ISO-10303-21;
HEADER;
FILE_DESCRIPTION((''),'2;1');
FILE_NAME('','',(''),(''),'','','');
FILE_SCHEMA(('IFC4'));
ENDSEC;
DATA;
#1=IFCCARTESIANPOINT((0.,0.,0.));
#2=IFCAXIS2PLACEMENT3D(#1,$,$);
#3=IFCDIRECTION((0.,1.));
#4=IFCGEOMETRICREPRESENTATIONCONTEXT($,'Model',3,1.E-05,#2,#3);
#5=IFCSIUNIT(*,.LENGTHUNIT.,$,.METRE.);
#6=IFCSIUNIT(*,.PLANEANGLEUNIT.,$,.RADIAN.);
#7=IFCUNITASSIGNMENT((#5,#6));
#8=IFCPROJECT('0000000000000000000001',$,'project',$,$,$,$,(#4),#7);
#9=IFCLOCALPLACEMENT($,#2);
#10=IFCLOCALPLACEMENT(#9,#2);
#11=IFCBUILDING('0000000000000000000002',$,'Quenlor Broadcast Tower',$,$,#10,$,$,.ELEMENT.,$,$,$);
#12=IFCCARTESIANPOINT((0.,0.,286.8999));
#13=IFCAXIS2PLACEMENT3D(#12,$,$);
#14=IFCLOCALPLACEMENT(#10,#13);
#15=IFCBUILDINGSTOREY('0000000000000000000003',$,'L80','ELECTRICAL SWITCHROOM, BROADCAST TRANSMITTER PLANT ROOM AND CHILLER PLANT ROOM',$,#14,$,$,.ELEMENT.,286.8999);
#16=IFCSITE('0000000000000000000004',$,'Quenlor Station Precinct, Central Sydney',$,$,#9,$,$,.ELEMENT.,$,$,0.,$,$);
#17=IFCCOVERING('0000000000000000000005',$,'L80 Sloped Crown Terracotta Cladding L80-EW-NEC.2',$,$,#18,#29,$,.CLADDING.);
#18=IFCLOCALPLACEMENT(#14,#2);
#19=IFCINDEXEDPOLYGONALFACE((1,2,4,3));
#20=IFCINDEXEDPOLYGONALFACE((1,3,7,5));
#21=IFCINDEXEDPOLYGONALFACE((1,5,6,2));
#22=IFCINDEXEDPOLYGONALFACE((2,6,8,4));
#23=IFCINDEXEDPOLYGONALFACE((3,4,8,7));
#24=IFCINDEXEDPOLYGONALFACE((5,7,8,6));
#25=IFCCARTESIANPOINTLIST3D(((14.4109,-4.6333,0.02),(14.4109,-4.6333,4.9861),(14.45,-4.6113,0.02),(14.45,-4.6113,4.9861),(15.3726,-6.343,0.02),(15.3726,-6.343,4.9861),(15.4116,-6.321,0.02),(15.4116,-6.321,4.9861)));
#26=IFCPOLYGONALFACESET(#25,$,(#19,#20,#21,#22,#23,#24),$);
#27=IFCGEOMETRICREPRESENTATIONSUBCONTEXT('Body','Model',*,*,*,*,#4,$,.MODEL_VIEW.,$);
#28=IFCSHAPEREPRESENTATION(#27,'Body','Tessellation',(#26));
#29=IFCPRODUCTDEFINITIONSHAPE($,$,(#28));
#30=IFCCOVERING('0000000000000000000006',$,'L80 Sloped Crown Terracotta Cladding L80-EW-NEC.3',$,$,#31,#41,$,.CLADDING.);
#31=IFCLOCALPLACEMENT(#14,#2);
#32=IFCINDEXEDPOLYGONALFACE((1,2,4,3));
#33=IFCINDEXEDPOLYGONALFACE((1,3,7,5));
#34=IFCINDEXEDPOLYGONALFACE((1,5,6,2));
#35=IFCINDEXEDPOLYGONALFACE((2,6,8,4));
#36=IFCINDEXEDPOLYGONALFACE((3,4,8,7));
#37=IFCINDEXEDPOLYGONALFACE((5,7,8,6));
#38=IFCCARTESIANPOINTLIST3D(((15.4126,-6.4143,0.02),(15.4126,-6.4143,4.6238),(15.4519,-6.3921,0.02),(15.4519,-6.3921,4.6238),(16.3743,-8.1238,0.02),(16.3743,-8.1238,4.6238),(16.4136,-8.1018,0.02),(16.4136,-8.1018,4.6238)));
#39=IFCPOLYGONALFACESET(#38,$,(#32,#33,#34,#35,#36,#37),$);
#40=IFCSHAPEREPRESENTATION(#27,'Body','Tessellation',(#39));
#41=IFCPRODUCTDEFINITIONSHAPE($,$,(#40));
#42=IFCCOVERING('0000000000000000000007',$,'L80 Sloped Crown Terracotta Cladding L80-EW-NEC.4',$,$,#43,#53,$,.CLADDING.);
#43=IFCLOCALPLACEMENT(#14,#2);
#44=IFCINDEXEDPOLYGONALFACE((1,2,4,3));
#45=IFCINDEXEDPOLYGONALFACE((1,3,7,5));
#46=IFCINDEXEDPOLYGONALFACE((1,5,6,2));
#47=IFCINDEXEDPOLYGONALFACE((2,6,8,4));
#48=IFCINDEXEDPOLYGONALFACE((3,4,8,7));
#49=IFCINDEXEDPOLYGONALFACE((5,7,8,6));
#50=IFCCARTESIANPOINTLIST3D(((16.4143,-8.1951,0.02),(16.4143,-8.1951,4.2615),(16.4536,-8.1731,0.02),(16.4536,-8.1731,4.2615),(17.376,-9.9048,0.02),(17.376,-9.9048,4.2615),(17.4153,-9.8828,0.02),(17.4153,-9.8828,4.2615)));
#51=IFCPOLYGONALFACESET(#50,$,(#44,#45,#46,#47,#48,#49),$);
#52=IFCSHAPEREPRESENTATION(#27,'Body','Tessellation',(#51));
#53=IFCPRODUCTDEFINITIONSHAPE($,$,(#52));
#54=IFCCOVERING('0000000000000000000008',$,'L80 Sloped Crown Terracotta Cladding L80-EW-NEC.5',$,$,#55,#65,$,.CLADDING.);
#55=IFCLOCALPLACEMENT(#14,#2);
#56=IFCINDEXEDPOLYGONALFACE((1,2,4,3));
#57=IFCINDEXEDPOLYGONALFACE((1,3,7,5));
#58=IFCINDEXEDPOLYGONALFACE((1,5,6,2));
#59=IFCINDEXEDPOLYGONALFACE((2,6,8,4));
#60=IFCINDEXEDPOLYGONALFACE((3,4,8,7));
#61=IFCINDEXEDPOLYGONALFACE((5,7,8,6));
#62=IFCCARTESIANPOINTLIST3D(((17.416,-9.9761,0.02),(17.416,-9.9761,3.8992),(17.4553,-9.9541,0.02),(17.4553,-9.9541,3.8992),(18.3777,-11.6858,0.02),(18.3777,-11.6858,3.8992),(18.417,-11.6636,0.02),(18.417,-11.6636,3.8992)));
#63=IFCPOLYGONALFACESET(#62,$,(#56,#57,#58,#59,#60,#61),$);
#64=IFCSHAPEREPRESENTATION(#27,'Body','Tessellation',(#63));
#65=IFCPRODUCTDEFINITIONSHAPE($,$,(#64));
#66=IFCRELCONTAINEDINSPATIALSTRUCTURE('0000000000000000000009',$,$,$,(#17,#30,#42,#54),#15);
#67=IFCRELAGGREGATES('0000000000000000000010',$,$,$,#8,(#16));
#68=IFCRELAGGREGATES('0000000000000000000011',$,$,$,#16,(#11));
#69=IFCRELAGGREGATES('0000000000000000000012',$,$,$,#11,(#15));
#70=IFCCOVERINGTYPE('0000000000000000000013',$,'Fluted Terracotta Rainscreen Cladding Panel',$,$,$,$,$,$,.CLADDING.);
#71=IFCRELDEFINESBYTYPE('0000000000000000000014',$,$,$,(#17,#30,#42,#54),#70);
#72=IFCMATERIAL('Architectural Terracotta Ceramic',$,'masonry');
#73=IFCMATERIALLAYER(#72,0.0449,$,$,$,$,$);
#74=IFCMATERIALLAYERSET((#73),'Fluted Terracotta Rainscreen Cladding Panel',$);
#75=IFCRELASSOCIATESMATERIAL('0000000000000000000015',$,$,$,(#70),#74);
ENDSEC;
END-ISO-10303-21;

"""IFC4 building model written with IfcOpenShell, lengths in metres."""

from ifc_helpers import new_model, si_unit, direction, frame, origin, place, context, subcontext, project, spatial, polyline, outline, extrude, material, layer, layer_set, type_object, element, save


model = new_model("IFC4")

# Units and contexts
model_context = context("Model", 3, precision=1e-05, world=origin(), true_north=direction((0.0, 1.0)))
body_context = subcontext(model_context, "Body", "Model", "MODEL_VIEW")
ifc_project = project(units=[si_unit("LENGTHUNIT", "METRE"), si_unit("PLANEANGLEUNIT", "RADIAN")], contexts=[model_context])

# Site, building, storey
site_placement = place(None, origin())
site = spatial("IfcSite", under=ifc_project, at=site_placement, Name="Quenlor Station Precinct, Central Sydney", CompositionType="ELEMENT", RefElevation=0.0)
building_placement = place(site_placement, origin())
building = spatial("IfcBuilding", under=site, at=building_placement, Name="Quenlor Broadcast Tower", CompositionType="ELEMENT")
storey_placement = place(building_placement, frame((0.0, 0.0, 286.8999)))
storey = spatial("IfcBuildingStorey", under=building, at=storey_placement, Name="L80", Description="ELECTRICAL SWITCHROOM, BROADCAST TRANSMITTER PLANT ROOM AND CHILLER PLANT ROOM", CompositionType="ELEMENT", Elevation=286.8999)

# Coverings
ifc_material = material(Name="Architectural Terracotta Ceramic", Category="masonry")
ifc_layer = layer(ifc_material, 0.0449)
ifc_layer_set = layer_set([ifc_layer], Name="Fluted Terracotta Rainscreen Cladding Panel")
covering_type = type_object("IfcCoveringType", Name="Fluted Terracotta Rainscreen Cladding Panel", PredefinedType="CLADDING", material=ifc_layer_set)
covering_1_placement = place(storey_placement, frame((0.0, 0.0, 0.02)))
element("IfcCovering", 1, at=covering_1_placement, inside=storey, type_object=covering_type, Name="L80 Sloped Crown Terracotta Cladding L80-EW-NEC.2", PredefinedType="CLADDING", context=body_context, shape_type="SweptSolid", body=[
    extrude(outline(polyline([(14.4109, -4.6333), (15.3726, -6.343), (15.4116, -6.321), (14.45, -4.6113), (14.4109, -4.6333)])), origin(), (0.0, 0.0, 1.0), 4.9661),
])
covering_2_placement = place(storey_placement, frame((0.0, 0.0, 0.02)))
element("IfcCovering", 2, at=covering_2_placement, inside=storey, type_object=covering_type, Name="L80 Sloped Crown Terracotta Cladding L80-EW-NEC.3", PredefinedType="CLADDING", context=body_context, shape_type="SweptSolid", body=[
    extrude(outline(polyline([(15.4126, -6.4143), (16.3743, -8.1238), (16.4136, -8.1018), (15.4519, -6.3921), (15.4126, -6.4143)])), origin(), (0.0, 0.0, 1.0), 4.6038),
])
covering_3_placement = place(storey_placement, frame((0.0, 0.0, 0.02)))
element("IfcCovering", 3, at=covering_3_placement, inside=storey, type_object=covering_type, Name="L80 Sloped Crown Terracotta Cladding L80-EW-NEC.4", PredefinedType="CLADDING", context=body_context, shape_type="SweptSolid", body=[
    extrude(outline(polyline([(16.4143, -8.1951), (17.376, -9.9048), (17.4153, -9.8828), (16.4536, -8.1731), (16.4143, -8.1951)])), origin(), (0.0, 0.0, 1.0), 4.2415),
])
covering_4_placement = place(storey_placement, frame((0.0, 0.0, 0.02)))
element("IfcCovering", 4, at=covering_4_placement, inside=storey, type_object=covering_type, Name="L80 Sloped Crown Terracotta Cladding L80-EW-NEC.5", PredefinedType="CLADDING", context=body_context, shape_type="SweptSolid", body=[
    extrude(outline(polyline([(17.416, -9.9761), (18.3777, -11.6858), (18.417, -11.6636), (17.4553, -9.9541), (17.416, -9.9761)])), origin(), (0.0, 0.0, 1.0), 3.8792),
])

save(model, "model.ifc")
